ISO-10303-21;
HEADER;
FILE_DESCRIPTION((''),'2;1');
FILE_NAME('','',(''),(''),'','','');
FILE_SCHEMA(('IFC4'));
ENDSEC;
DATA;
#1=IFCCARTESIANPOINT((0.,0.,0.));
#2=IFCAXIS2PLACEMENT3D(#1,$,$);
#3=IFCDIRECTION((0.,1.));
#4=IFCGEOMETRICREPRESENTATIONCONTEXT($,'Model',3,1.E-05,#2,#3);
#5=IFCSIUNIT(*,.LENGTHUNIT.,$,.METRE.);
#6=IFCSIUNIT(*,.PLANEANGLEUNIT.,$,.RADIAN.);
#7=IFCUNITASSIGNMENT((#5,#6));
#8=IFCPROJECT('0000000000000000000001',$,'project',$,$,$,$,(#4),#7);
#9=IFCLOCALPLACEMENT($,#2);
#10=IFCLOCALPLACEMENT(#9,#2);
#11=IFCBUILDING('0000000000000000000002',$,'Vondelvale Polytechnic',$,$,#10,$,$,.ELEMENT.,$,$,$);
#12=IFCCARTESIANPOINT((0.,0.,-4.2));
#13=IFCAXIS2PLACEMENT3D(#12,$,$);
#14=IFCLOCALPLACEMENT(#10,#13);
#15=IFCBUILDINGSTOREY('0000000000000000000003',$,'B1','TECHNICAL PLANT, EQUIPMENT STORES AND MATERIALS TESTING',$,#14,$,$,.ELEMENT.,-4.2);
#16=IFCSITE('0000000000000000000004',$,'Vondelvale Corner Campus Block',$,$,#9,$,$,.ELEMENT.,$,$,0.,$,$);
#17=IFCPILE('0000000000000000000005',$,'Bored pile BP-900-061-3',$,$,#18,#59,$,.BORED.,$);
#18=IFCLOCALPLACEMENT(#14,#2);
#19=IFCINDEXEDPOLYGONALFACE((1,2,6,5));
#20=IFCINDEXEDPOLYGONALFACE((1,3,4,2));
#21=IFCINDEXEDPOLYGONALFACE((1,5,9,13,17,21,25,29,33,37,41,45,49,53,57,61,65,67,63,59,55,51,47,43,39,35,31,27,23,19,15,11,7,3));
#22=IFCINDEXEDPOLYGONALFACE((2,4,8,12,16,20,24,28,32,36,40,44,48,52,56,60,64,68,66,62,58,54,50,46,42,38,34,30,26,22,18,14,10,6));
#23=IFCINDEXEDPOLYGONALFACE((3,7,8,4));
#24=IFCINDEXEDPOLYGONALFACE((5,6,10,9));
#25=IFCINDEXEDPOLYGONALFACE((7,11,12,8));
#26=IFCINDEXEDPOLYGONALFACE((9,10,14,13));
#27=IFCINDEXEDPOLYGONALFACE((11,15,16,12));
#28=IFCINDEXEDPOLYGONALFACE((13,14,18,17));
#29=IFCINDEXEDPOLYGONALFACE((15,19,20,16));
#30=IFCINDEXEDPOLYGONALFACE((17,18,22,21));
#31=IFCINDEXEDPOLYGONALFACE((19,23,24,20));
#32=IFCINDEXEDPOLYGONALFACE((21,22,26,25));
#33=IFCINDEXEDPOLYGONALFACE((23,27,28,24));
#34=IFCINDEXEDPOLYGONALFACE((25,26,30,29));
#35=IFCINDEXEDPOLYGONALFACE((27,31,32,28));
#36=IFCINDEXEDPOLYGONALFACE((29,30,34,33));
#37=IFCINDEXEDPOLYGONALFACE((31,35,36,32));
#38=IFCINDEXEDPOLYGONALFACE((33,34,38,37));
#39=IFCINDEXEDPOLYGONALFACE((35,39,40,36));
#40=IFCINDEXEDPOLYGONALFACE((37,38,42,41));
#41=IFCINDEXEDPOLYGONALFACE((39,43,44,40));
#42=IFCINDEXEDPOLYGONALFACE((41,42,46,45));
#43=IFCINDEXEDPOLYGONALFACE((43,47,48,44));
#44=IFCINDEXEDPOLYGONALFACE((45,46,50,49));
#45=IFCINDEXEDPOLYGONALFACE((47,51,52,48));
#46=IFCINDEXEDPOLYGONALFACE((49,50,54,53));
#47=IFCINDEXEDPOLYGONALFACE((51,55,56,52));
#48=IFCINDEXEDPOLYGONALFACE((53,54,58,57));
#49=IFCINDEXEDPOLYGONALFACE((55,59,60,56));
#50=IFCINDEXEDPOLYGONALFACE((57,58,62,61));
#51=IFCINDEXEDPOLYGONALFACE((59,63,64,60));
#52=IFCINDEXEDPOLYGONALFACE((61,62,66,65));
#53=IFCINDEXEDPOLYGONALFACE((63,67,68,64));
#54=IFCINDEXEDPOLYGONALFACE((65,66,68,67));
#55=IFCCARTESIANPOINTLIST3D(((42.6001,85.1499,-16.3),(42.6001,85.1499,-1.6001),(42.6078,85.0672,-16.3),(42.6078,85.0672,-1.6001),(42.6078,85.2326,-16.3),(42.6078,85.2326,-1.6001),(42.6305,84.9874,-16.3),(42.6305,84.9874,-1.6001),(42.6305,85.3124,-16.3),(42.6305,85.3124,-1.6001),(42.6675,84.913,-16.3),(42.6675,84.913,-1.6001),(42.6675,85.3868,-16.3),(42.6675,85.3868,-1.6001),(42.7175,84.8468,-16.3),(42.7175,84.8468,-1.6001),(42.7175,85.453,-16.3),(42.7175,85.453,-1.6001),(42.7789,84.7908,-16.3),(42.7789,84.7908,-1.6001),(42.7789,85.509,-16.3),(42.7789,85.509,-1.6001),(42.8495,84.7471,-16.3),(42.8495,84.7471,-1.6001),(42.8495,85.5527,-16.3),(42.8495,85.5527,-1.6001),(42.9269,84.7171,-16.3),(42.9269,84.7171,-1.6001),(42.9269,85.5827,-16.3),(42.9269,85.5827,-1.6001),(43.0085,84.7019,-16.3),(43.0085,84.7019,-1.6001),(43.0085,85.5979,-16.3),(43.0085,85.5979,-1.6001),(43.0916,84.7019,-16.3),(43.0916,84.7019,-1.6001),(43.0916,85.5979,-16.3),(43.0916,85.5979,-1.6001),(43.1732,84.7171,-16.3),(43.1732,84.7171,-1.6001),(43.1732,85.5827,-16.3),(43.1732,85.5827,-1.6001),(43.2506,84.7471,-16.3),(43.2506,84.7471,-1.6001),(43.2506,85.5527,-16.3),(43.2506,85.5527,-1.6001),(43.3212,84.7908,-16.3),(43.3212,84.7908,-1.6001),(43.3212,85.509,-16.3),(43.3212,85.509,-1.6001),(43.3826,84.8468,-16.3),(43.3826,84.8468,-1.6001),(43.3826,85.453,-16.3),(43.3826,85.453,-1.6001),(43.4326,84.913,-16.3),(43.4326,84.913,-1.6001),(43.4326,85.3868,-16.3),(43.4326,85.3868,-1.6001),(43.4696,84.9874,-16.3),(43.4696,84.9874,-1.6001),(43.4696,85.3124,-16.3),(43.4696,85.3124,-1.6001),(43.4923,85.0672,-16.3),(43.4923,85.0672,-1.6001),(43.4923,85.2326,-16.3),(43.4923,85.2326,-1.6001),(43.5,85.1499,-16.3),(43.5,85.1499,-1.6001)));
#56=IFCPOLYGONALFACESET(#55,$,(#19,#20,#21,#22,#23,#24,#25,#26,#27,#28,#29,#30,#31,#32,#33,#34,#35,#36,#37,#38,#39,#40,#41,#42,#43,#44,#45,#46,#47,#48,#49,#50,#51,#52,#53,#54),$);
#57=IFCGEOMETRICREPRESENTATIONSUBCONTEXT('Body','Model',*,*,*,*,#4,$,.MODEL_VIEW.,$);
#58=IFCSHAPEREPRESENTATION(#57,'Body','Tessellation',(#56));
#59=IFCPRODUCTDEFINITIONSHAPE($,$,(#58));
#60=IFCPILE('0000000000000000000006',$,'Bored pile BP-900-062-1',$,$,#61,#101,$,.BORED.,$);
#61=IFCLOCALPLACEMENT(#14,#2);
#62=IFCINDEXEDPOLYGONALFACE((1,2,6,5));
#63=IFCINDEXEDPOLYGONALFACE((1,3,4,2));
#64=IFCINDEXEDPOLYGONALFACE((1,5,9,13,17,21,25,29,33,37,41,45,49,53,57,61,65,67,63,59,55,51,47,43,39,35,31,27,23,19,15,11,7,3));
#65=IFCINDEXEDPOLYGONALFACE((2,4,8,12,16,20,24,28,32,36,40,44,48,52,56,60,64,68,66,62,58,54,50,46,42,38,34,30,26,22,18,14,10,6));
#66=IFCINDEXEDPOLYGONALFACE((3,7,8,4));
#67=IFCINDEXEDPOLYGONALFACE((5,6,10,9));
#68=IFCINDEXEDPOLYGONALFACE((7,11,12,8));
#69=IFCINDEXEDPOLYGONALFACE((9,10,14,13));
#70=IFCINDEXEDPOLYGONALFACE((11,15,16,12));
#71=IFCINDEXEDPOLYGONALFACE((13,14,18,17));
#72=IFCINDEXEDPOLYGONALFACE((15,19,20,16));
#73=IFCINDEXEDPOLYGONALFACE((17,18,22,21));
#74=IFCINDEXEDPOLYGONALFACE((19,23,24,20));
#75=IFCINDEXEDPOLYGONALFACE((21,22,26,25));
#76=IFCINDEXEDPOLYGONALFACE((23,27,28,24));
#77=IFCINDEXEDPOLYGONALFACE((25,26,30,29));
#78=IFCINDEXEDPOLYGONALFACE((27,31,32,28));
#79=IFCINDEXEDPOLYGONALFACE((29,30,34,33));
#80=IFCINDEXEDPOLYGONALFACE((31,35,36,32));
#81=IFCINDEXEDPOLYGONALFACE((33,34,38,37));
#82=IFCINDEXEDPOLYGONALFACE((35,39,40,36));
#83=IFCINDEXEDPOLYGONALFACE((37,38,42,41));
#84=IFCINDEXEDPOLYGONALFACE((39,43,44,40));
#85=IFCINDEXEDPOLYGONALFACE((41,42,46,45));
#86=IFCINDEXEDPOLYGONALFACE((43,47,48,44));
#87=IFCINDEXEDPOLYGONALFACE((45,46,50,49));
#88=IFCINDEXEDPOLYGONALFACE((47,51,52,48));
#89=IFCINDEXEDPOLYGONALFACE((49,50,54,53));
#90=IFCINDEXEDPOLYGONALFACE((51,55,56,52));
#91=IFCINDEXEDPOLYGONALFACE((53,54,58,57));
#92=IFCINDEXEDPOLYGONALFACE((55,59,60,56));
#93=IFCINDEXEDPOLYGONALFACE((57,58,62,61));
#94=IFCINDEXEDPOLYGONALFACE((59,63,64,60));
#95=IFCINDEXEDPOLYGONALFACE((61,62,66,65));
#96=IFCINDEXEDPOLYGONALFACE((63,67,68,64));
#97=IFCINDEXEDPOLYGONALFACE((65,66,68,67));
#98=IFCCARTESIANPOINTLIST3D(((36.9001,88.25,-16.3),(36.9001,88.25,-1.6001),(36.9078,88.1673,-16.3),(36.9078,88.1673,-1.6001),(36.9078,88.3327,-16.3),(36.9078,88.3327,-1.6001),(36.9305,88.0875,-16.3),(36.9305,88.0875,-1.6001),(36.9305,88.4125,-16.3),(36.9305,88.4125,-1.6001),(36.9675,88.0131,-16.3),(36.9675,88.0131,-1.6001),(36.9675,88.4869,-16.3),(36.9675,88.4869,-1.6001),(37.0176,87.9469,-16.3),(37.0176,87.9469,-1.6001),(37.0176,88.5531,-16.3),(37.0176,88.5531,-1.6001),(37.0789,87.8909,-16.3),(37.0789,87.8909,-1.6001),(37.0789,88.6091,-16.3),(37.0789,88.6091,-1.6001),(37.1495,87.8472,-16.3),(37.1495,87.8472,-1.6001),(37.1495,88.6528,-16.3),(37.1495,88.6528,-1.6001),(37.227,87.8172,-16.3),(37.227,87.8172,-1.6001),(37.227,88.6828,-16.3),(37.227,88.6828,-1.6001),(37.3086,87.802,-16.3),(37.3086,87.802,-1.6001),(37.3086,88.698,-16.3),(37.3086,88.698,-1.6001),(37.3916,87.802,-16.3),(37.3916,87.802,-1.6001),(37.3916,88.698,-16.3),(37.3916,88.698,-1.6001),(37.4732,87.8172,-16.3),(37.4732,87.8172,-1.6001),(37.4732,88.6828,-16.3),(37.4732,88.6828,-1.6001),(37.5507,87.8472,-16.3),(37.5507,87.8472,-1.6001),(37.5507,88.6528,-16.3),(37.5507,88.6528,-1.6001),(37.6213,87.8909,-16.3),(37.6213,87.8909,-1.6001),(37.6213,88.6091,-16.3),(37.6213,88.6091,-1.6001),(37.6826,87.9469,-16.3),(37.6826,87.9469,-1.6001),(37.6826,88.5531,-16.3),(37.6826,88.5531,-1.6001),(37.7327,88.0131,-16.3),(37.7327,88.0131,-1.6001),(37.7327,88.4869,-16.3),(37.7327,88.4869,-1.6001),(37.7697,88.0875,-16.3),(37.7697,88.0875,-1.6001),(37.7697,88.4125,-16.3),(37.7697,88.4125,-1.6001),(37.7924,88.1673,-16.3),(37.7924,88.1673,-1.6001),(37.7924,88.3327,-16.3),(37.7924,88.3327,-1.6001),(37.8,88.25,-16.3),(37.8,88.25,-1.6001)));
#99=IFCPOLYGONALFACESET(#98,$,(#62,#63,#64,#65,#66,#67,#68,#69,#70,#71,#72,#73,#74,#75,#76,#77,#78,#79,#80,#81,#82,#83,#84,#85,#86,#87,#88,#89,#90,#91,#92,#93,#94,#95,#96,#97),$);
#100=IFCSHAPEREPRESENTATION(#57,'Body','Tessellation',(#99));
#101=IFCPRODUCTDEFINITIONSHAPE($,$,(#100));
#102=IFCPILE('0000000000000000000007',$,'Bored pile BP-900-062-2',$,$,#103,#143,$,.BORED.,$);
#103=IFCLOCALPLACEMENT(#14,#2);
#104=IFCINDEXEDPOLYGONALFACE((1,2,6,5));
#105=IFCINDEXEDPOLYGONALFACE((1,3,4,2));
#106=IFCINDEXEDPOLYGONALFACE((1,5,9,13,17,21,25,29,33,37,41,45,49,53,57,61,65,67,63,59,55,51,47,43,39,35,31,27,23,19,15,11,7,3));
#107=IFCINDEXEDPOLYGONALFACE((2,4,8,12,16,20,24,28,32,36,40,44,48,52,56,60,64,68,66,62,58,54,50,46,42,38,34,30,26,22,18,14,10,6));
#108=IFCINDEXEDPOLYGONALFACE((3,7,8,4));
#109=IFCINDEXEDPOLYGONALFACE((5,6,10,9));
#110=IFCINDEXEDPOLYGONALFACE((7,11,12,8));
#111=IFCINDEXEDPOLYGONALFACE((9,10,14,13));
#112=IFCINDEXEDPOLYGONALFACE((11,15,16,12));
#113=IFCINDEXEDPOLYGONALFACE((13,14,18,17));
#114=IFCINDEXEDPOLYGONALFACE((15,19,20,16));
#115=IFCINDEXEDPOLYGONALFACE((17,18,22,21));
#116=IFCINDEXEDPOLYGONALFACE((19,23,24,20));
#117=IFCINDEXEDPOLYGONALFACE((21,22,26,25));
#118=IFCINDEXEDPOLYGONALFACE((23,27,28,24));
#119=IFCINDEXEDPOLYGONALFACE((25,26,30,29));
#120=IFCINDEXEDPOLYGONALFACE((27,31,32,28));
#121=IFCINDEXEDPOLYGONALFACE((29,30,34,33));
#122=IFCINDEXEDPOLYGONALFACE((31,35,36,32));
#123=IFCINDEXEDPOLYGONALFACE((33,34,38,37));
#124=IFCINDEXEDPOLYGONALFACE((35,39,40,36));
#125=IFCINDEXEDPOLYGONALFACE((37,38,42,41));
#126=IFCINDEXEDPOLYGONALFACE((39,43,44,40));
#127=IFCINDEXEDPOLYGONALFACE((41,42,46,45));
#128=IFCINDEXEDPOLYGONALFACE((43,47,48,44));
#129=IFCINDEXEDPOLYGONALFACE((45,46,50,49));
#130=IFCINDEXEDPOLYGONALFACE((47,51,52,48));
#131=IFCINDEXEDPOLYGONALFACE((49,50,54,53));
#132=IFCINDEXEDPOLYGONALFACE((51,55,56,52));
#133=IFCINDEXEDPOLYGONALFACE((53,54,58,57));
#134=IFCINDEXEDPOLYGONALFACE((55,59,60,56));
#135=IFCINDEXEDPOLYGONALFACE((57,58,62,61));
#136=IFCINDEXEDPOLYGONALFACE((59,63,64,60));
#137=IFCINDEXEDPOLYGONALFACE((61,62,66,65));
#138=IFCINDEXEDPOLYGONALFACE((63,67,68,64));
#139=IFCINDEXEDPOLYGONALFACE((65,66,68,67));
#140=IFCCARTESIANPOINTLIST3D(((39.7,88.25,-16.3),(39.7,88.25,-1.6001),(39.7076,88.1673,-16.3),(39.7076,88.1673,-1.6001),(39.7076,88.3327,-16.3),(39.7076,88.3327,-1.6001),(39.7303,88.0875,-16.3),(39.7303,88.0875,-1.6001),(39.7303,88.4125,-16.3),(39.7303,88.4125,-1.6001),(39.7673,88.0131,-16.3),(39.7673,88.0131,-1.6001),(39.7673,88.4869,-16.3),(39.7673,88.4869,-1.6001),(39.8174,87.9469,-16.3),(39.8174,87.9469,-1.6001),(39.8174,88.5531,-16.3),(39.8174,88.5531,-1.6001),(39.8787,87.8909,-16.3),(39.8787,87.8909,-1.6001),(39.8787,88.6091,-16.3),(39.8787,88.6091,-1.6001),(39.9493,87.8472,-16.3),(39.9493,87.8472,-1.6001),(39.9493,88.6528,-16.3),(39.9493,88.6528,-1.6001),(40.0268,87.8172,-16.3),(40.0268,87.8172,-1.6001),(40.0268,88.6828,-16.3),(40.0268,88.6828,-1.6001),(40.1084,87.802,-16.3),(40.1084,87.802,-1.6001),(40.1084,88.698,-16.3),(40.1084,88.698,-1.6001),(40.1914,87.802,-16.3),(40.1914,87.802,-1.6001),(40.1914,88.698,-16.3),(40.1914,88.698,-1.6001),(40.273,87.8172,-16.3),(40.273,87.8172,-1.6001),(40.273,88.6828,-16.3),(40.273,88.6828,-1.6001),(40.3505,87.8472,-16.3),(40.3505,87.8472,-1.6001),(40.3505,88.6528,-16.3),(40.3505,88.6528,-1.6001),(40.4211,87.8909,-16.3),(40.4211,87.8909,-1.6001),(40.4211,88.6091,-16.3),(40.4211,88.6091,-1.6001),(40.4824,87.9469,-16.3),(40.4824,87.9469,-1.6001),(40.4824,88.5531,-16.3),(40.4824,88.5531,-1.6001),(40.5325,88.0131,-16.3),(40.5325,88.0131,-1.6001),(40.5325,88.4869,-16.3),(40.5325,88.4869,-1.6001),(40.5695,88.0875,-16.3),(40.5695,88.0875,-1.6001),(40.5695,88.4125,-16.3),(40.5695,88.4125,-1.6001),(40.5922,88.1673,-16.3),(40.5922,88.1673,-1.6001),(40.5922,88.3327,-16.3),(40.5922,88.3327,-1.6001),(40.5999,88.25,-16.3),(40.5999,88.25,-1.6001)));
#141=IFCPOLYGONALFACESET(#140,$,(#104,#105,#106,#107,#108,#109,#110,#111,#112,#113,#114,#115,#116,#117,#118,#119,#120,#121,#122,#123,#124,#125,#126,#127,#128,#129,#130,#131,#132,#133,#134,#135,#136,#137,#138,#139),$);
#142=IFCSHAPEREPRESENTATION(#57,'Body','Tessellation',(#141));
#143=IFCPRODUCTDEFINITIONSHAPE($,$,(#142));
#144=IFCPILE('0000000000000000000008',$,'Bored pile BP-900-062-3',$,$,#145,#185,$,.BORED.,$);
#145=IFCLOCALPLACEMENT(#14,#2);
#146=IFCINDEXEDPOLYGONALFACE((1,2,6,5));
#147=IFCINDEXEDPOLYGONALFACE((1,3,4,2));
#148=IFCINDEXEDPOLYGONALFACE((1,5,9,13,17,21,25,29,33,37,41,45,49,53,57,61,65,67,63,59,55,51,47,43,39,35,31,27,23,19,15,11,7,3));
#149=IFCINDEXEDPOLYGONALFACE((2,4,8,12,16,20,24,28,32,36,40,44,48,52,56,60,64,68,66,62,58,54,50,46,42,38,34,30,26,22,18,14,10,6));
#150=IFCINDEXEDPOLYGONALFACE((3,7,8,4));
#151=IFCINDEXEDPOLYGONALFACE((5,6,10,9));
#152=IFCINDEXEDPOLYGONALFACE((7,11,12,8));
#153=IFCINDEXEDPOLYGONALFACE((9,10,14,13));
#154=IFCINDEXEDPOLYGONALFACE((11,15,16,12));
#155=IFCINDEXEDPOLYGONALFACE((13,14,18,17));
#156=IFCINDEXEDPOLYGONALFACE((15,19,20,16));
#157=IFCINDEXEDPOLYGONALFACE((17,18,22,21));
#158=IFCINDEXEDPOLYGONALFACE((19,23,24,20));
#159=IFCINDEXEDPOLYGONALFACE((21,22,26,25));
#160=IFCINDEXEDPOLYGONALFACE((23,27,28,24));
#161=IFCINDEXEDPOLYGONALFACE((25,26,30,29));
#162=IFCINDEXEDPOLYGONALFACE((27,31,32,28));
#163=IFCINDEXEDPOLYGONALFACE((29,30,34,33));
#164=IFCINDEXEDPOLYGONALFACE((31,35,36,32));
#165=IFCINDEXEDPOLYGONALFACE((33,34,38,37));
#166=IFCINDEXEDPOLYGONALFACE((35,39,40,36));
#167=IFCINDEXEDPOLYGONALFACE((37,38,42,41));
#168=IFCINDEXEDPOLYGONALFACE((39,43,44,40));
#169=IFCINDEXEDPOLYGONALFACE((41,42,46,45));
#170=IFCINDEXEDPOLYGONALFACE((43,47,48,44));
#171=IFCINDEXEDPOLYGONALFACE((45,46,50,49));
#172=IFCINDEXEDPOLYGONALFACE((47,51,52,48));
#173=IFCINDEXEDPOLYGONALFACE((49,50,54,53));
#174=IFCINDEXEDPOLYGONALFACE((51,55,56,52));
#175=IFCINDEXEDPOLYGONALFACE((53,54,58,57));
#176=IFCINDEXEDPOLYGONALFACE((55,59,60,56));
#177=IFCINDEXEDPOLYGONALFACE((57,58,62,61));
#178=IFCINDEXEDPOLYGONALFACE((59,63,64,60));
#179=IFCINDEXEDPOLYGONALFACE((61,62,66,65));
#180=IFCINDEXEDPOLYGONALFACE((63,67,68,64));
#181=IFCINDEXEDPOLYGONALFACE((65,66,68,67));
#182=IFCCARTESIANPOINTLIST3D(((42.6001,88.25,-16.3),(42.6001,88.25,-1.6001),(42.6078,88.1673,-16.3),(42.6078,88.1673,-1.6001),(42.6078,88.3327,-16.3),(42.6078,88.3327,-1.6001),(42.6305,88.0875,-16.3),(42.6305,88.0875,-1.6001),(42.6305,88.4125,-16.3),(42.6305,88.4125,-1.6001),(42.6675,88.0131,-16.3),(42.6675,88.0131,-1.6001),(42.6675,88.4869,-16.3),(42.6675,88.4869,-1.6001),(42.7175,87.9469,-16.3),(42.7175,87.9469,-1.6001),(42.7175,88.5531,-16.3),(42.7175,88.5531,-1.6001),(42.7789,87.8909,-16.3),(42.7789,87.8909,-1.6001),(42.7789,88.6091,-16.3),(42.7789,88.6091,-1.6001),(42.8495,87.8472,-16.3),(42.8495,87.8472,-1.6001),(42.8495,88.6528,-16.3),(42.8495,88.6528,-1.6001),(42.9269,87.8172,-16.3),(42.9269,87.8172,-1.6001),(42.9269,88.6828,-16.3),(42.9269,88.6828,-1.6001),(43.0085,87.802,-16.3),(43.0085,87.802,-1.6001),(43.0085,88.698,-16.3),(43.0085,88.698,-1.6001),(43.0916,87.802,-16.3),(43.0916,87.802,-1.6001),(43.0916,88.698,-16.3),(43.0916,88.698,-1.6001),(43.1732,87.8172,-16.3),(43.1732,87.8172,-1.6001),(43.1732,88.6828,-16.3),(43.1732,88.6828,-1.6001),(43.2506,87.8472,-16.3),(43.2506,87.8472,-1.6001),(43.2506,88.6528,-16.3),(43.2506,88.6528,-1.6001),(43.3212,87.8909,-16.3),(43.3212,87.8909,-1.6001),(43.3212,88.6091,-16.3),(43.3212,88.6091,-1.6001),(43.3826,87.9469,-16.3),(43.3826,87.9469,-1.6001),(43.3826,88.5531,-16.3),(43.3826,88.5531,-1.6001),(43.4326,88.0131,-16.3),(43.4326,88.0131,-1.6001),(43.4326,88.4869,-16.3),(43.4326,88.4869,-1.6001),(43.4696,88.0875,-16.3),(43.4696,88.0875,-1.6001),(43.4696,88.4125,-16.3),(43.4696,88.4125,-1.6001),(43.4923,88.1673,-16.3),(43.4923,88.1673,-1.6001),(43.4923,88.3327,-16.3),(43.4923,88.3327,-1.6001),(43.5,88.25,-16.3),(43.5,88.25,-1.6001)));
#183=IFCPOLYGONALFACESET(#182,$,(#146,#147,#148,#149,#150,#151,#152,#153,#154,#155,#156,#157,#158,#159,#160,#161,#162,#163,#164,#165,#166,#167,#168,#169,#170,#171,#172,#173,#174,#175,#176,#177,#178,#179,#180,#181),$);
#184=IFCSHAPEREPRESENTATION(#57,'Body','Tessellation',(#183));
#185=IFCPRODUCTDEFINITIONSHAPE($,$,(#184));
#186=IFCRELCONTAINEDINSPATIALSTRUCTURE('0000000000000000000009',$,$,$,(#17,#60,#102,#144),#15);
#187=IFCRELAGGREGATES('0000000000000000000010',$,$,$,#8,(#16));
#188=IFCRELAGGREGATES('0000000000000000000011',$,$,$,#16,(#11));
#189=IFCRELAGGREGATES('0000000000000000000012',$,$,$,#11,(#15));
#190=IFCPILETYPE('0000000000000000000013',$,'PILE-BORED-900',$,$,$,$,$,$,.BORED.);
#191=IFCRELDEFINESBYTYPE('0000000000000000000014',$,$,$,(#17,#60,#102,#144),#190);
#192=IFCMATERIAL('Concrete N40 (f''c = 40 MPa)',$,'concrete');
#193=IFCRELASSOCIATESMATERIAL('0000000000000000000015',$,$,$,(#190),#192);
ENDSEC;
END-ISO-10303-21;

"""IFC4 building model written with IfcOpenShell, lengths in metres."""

from ifc_helpers import new_model, si_unit, direction, frame, origin, origin_2d, place, context, subcontext, project, spatial, circle, extrude, material, material_profile, profile_set, type_object, element, save


model = new_model("IFC4")

# Units and contexts
model_context = context("Model", 3, precision=1e-05, world=origin(), true_north=direction((0.0, 1.0)))
body_context = subcontext(model_context, "Body", "Model", "MODEL_VIEW")
ifc_project = project(units=[si_unit("LENGTHUNIT", "METRE"), si_unit("PLANEANGLEUNIT", "RADIAN")], contexts=[model_context])

# Site, building, storey
site_placement = place(None, origin())
site = spatial("IfcSite", under=ifc_project, at=site_placement, Name="Vondelvale Corner Campus Block", CompositionType="ELEMENT", RefElevation=0.0)
building_placement = place(site_placement, origin())
building = spatial("IfcBuilding", under=site, at=building_placement, Name="Vondelvale Polytechnic", CompositionType="ELEMENT")
storey_placement = place(building_placement, frame((0.0, 0.0, -4.2)))
storey = spatial("IfcBuildingStorey", under=building, at=storey_placement, Name="B1", Description="TECHNICAL PLANT, EQUIPMENT STORES AND MATERIALS TESTING", CompositionType="ELEMENT", Elevation=-4.2)

# Shared definitions
ifc_material_1 = material(Name="Concrete N40 (f'c = 40 MPa)", Category="concrete")

# Piles
ifc_material_profile_1 = material_profile(ifc_material_1, circle(Radius=0.45, at=origin_2d()), Name="PILE-D900")
ifc_profile_set_1 = profile_set([ifc_material_profile_1], Name="Concrete N40 (f'c = 40 MPa)")
pile_type_1 = type_object("IfcPileType", Name="PILE-BORED-900", PredefinedType="BORED", material=ifc_profile_set_1)
for number, where, z_axis, x_axis, name in (
    (1, (43.05, 85.1499, -1.6001), (0.0, 0.0, -1.0), (1.0, 0.0, 0.0), "Bored pile BP-900-061-3"),
    (2, (37.3501, 88.25, -1.6001), (0.0, 0.0, -1.0), (1.0, 0.0, 0.0), "Bored pile BP-900-062-1"),
    (3, (40.1499, 88.25, -1.6001), (0.0, 0.0, -1.0), (1.0, 0.0, 0.0), "Bored pile BP-900-062-2"),
    (4, (43.05, 88.25, -1.6001), (0.0, 0.0, -1.0), (1.0, 0.0, 0.0), "Bored pile BP-900-062-3"),
):
    element("IfcPile", number, at=place(storey_placement, frame(where, z_axis=z_axis, x_axis=x_axis)), inside=storey, type_object=pile_type_1, Name=name, PredefinedType="BORED", context=body_context, shape_type="SweptSolid", body=[
        extrude(circle(Radius=0.45, at=origin_2d()), origin(), (0.0, 0.0, 1.0), 14.7),
    ])

save(model, "model.ifc")
